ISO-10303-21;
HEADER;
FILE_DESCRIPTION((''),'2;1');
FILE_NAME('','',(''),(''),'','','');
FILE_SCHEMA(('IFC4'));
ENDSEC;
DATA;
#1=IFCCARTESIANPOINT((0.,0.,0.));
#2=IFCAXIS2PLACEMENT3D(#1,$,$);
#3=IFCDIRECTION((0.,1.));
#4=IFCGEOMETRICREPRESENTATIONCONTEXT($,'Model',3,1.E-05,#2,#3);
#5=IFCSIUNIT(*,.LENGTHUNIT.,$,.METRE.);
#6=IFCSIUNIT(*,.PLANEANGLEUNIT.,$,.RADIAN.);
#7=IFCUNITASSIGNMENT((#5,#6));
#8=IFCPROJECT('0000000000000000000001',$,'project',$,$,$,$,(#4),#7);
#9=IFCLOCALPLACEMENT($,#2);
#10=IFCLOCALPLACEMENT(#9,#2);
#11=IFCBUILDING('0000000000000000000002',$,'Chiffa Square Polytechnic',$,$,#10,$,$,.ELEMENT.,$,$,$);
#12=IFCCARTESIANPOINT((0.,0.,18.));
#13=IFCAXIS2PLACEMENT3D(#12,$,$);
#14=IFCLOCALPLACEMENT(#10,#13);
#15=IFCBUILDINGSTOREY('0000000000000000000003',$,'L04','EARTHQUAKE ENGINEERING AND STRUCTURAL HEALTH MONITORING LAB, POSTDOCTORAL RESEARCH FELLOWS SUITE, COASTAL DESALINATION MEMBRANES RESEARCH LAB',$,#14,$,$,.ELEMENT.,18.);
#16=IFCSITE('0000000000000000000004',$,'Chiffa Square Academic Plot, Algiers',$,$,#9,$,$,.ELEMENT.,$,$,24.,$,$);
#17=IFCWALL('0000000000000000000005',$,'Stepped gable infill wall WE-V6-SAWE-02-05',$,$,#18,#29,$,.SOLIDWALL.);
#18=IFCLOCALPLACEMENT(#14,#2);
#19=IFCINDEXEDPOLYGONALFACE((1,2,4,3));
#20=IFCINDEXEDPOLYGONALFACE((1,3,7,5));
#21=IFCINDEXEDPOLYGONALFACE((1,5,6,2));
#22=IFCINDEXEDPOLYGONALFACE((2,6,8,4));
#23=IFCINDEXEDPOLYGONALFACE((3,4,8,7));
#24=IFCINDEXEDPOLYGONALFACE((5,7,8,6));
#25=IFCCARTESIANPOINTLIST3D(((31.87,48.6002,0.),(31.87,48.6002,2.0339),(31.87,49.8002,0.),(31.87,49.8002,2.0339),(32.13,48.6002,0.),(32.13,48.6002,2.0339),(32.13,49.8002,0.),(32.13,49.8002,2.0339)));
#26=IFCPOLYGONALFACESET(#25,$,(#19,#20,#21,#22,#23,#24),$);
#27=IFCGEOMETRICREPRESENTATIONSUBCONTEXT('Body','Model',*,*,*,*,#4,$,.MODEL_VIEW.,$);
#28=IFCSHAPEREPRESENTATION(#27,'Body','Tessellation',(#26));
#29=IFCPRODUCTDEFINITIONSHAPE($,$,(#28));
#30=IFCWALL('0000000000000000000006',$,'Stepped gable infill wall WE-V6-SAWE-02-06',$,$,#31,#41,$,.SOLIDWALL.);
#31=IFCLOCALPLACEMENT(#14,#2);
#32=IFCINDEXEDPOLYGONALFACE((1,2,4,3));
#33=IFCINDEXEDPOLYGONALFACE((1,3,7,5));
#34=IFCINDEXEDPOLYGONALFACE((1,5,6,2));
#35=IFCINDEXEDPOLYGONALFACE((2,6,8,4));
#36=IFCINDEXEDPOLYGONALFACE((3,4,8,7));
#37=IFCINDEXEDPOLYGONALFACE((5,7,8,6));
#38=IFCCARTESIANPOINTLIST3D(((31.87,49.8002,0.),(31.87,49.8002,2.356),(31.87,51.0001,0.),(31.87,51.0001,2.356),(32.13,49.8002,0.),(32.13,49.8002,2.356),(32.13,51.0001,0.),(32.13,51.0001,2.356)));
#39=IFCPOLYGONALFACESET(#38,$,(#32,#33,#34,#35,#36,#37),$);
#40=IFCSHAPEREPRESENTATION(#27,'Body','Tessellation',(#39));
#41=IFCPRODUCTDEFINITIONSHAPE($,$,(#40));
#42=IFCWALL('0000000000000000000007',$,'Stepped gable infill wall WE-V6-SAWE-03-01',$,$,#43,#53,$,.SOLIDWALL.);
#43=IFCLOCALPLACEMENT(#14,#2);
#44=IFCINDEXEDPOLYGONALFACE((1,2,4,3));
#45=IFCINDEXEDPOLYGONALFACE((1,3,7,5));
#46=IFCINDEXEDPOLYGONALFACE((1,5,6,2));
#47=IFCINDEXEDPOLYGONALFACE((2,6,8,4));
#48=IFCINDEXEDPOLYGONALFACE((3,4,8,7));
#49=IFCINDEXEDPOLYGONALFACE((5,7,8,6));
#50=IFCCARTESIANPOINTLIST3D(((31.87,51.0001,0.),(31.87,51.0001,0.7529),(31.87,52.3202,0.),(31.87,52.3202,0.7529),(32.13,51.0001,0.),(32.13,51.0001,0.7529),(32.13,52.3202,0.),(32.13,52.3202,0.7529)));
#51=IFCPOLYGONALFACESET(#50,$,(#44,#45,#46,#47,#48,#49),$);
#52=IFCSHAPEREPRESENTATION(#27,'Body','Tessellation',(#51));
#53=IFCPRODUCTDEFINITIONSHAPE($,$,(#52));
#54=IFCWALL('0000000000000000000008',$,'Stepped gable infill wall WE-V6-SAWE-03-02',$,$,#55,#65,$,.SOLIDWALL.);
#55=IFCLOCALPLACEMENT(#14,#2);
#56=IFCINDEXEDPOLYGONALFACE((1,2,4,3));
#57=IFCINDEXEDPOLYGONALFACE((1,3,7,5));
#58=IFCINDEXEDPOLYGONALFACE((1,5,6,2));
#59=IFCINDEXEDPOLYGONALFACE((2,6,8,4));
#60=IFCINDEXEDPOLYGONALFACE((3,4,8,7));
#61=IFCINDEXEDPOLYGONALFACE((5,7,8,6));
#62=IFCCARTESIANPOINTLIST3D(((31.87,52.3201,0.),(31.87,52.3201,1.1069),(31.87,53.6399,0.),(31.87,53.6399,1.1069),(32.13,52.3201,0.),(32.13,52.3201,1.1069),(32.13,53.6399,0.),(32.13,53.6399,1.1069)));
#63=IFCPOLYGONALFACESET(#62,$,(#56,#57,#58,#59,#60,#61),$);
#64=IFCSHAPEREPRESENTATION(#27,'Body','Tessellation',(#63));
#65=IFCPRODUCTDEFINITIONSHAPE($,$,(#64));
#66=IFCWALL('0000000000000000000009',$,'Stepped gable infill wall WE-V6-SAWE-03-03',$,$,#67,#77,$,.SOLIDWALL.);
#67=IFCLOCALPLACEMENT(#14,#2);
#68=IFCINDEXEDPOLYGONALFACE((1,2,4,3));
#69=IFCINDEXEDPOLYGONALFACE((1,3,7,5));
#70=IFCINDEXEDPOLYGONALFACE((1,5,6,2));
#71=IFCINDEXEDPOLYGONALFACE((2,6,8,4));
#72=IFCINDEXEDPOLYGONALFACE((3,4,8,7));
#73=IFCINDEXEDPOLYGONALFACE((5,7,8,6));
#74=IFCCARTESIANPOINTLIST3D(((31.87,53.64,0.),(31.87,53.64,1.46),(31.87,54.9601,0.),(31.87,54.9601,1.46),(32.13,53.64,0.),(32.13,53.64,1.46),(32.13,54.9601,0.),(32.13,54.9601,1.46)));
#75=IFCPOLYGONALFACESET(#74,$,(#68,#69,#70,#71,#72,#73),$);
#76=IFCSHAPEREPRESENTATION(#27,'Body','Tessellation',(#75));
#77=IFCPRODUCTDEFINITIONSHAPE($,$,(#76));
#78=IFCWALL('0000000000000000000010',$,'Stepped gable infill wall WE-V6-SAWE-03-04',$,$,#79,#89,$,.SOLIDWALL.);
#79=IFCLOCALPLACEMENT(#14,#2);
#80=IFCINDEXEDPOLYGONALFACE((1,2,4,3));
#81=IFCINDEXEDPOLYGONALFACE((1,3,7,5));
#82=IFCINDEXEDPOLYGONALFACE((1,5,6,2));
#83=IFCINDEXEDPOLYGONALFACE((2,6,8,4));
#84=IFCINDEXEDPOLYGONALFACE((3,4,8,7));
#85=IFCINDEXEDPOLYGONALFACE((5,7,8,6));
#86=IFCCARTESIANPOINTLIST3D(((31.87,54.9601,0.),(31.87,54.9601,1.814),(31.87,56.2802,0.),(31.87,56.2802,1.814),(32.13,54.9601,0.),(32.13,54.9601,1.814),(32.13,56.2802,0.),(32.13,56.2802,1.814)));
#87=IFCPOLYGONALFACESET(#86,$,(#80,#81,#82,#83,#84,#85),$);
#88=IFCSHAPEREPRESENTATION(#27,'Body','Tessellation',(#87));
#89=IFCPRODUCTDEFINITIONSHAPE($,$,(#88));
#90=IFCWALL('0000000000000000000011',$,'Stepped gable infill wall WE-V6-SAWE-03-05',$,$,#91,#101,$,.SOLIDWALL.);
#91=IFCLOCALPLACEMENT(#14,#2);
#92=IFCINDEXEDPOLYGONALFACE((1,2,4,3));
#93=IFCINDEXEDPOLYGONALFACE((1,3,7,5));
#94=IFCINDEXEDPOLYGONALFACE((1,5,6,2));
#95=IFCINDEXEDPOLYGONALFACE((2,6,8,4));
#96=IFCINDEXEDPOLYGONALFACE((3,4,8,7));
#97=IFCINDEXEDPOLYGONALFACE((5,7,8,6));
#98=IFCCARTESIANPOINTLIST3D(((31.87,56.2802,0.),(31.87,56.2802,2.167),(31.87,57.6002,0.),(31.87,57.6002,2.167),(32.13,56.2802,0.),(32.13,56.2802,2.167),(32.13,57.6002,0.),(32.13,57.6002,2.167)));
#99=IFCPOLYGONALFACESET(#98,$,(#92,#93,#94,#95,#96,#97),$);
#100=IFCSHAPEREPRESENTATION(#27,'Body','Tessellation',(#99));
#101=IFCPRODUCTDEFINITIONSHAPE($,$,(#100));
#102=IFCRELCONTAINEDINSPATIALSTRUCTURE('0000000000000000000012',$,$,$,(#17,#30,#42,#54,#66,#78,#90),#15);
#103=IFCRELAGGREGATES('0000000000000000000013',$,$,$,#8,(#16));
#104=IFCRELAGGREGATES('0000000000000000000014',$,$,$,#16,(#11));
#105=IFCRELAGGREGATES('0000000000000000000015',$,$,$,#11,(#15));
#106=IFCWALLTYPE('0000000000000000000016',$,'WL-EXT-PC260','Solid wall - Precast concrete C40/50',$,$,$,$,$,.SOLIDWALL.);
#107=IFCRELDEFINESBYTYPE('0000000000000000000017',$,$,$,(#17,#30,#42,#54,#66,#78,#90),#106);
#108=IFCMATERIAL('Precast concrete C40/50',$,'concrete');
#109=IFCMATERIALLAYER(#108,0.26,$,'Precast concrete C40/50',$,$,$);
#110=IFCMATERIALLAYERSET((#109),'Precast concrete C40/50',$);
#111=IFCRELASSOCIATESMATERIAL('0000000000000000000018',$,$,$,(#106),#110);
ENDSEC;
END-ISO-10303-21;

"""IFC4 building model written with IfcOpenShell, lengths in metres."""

from ifc_helpers import new_model, si_unit, direction, frame, frame_2d, origin, place, context, subcontext, project, spatial, rectangle, extrude, material, layer, layer_set, type_object, element, save


model = new_model("IFC4")

# Units and contexts
model_context = context("Model", 3, precision=1e-05, world=origin(), true_north=direction((0.0, 1.0)))
body_context = subcontext(model_context, "Body", "Model", "MODEL_VIEW")
ifc_project = project(units=[si_unit("LENGTHUNIT", "METRE"), si_unit("PLANEANGLEUNIT", "RADIAN")], contexts=[model_context])

# Site, building, storey
site_placement = place(None, origin())
site = spatial("IfcSite", under=ifc_project, at=site_placement, Name="Chiffa Square Academic Plot, Algiers", CompositionType="ELEMENT", RefElevation=24.0)
building_placement = place(site_placement, origin())
building = spatial("IfcBuilding", under=site, at=building_placement, Name="Chiffa Square Polytechnic", CompositionType="ELEMENT")
storey_placement = place(building_placement, frame((0.0, 0.0, 18.0)))
storey = spatial("IfcBuildingStorey", under=building, at=storey_placement, Name="L04", Description="EARTHQUAKE ENGINEERING AND STRUCTURAL HEALTH MONITORING LAB, POSTDOCTORAL RESEARCH FELLOWS SUITE, COASTAL DESALINATION MEMBRANES RESEARCH LAB", CompositionType="ELEMENT", Elevation=18.0)

# Walls
ifc_material_1 = material(Name="Precast concrete C40/50", Category="concrete")
ifc_layer_1 = layer(ifc_material_1, 0.26, Name="Precast concrete C40/50")
ifc_layer_set_1 = layer_set([ifc_layer_1], Name="Precast concrete C40/50")
wall_type = type_object("IfcWallType", Name="WL-EXT-PC260", Description="Solid wall - Precast concrete C40/50", PredefinedType="SOLIDWALL", material=ifc_layer_set_1)
wall_1_placement = place(storey_placement, frame((32.0, 48.6001, 0.0), z_axis=(0.0, 0.0, 1.0), x_axis=(0.0, 1.0, 0.0)))
element("IfcWall", 1, at=wall_1_placement, inside=storey, type_object=wall_type, Name="Stepped gable infill wall WE-V6-SAWE-02-05", PredefinedType="SOLIDWALL", context=body_context, shape_type="SweptSolid", body=[
    extrude(rectangle(XDim=1.2, YDim=0.26, at=frame_2d((0.6001, 0.0))), origin(), (0.0, 0.0, 1.0), 2.0339),
])
wall_2_placement = place(storey_placement, frame((32.0, 49.8, 0.0), z_axis=(0.0, 0.0, 1.0), x_axis=(0.0, 1.0, 0.0)))
element("IfcWall", 2, at=wall_2_placement, inside=storey, type_object=wall_type, Name="Stepped gable infill wall WE-V6-SAWE-02-06", PredefinedType="SOLIDWALL", context=body_context, shape_type="SweptSolid", body=[
    extrude(rectangle(XDim=1.2, YDim=0.26, at=frame_2d((0.6001, 0.0))), origin(), (0.0, 0.0, 1.0), 2.356),
])
wall_3_placement = place(storey_placement, frame((32.0, 51.0, 0.0), z_axis=(0.0, 0.0, 1.0), x_axis=(0.0, 1.0, 0.0)))
element("IfcWall", 3, at=wall_3_placement, inside=storey, type_object=wall_type, Name="Stepped gable infill wall WE-V6-SAWE-03-01", PredefinedType="SOLIDWALL", context=body_context, shape_type="SweptSolid", body=[
    extrude(rectangle(XDim=1.3201, YDim=0.26, at=frame_2d((0.6602, 0.0))), origin(), (0.0, 0.0, 1.0), 0.7529),
])
wall_4_placement = place(storey_placement, frame((32.0, 52.3201, 0.0), z_axis=(0.0, 0.0, 1.0), x_axis=(0.0, 1.0, 0.0)))
element("IfcWall", 4, at=wall_4_placement, inside=storey, type_object=wall_type, Name="Stepped gable infill wall WE-V6-SAWE-03-02", PredefinedType="SOLIDWALL", context=body_context, shape_type="SweptSolid", body=[
    extrude(rectangle(XDim=1.3198, YDim=0.26, at=frame_2d((0.6599, 0.0))), origin(), (0.0, 0.0, 1.0), 1.1069),
])
wall_5_placement = place(storey_placement, frame((32.0, 53.6399, 0.0), z_axis=(0.0, 0.0, 1.0), x_axis=(0.0, 1.0, 0.0)))
element("IfcWall", 5, at=wall_5_placement, inside=storey, type_object=wall_type, Name="Stepped gable infill wall WE-V6-SAWE-03-03", PredefinedType="SOLIDWALL", context=body_context, shape_type="SweptSolid", body=[
    extrude(rectangle(XDim=1.3201, YDim=0.26, at=frame_2d((0.6602, 0.0))), origin(), (0.0, 0.0, 1.0), 1.46),
])
wall_6_placement = place(storey_placement, frame((32.0, 54.96, 0.0), z_axis=(0.0, 0.0, 1.0), x_axis=(0.0, 1.0, 0.0)))
element("IfcWall", 6, at=wall_6_placement, inside=storey, type_object=wall_type, Name="Stepped gable infill wall WE-V6-SAWE-03-04", PredefinedType="SOLIDWALL", context=body_context, shape_type="SweptSolid", body=[
    extrude(rectangle(XDim=1.3201, YDim=0.26, at=frame_2d((0.6602, 0.0))), origin(), (0.0, 0.0, 1.0), 1.814),
])
wall_7_placement = place(storey_placement, frame((32.0, 56.28, 0.0), z_axis=(0.0, 0.0, 1.0), x_axis=(0.0, 1.0, 0.0)))
element("IfcWall", 7, at=wall_7_placement, inside=storey, type_object=wall_type, Name="Stepped gable infill wall WE-V6-SAWE-03-05", PredefinedType="SOLIDWALL", context=body_context, shape_type="SweptSolid", body=[
    extrude(rectangle(XDim=1.3201, YDim=0.26, at=frame_2d((0.6602, 0.0))), origin(), (0.0, 0.0, 1.0), 2.167),
])

save(model, "model.ifc")
